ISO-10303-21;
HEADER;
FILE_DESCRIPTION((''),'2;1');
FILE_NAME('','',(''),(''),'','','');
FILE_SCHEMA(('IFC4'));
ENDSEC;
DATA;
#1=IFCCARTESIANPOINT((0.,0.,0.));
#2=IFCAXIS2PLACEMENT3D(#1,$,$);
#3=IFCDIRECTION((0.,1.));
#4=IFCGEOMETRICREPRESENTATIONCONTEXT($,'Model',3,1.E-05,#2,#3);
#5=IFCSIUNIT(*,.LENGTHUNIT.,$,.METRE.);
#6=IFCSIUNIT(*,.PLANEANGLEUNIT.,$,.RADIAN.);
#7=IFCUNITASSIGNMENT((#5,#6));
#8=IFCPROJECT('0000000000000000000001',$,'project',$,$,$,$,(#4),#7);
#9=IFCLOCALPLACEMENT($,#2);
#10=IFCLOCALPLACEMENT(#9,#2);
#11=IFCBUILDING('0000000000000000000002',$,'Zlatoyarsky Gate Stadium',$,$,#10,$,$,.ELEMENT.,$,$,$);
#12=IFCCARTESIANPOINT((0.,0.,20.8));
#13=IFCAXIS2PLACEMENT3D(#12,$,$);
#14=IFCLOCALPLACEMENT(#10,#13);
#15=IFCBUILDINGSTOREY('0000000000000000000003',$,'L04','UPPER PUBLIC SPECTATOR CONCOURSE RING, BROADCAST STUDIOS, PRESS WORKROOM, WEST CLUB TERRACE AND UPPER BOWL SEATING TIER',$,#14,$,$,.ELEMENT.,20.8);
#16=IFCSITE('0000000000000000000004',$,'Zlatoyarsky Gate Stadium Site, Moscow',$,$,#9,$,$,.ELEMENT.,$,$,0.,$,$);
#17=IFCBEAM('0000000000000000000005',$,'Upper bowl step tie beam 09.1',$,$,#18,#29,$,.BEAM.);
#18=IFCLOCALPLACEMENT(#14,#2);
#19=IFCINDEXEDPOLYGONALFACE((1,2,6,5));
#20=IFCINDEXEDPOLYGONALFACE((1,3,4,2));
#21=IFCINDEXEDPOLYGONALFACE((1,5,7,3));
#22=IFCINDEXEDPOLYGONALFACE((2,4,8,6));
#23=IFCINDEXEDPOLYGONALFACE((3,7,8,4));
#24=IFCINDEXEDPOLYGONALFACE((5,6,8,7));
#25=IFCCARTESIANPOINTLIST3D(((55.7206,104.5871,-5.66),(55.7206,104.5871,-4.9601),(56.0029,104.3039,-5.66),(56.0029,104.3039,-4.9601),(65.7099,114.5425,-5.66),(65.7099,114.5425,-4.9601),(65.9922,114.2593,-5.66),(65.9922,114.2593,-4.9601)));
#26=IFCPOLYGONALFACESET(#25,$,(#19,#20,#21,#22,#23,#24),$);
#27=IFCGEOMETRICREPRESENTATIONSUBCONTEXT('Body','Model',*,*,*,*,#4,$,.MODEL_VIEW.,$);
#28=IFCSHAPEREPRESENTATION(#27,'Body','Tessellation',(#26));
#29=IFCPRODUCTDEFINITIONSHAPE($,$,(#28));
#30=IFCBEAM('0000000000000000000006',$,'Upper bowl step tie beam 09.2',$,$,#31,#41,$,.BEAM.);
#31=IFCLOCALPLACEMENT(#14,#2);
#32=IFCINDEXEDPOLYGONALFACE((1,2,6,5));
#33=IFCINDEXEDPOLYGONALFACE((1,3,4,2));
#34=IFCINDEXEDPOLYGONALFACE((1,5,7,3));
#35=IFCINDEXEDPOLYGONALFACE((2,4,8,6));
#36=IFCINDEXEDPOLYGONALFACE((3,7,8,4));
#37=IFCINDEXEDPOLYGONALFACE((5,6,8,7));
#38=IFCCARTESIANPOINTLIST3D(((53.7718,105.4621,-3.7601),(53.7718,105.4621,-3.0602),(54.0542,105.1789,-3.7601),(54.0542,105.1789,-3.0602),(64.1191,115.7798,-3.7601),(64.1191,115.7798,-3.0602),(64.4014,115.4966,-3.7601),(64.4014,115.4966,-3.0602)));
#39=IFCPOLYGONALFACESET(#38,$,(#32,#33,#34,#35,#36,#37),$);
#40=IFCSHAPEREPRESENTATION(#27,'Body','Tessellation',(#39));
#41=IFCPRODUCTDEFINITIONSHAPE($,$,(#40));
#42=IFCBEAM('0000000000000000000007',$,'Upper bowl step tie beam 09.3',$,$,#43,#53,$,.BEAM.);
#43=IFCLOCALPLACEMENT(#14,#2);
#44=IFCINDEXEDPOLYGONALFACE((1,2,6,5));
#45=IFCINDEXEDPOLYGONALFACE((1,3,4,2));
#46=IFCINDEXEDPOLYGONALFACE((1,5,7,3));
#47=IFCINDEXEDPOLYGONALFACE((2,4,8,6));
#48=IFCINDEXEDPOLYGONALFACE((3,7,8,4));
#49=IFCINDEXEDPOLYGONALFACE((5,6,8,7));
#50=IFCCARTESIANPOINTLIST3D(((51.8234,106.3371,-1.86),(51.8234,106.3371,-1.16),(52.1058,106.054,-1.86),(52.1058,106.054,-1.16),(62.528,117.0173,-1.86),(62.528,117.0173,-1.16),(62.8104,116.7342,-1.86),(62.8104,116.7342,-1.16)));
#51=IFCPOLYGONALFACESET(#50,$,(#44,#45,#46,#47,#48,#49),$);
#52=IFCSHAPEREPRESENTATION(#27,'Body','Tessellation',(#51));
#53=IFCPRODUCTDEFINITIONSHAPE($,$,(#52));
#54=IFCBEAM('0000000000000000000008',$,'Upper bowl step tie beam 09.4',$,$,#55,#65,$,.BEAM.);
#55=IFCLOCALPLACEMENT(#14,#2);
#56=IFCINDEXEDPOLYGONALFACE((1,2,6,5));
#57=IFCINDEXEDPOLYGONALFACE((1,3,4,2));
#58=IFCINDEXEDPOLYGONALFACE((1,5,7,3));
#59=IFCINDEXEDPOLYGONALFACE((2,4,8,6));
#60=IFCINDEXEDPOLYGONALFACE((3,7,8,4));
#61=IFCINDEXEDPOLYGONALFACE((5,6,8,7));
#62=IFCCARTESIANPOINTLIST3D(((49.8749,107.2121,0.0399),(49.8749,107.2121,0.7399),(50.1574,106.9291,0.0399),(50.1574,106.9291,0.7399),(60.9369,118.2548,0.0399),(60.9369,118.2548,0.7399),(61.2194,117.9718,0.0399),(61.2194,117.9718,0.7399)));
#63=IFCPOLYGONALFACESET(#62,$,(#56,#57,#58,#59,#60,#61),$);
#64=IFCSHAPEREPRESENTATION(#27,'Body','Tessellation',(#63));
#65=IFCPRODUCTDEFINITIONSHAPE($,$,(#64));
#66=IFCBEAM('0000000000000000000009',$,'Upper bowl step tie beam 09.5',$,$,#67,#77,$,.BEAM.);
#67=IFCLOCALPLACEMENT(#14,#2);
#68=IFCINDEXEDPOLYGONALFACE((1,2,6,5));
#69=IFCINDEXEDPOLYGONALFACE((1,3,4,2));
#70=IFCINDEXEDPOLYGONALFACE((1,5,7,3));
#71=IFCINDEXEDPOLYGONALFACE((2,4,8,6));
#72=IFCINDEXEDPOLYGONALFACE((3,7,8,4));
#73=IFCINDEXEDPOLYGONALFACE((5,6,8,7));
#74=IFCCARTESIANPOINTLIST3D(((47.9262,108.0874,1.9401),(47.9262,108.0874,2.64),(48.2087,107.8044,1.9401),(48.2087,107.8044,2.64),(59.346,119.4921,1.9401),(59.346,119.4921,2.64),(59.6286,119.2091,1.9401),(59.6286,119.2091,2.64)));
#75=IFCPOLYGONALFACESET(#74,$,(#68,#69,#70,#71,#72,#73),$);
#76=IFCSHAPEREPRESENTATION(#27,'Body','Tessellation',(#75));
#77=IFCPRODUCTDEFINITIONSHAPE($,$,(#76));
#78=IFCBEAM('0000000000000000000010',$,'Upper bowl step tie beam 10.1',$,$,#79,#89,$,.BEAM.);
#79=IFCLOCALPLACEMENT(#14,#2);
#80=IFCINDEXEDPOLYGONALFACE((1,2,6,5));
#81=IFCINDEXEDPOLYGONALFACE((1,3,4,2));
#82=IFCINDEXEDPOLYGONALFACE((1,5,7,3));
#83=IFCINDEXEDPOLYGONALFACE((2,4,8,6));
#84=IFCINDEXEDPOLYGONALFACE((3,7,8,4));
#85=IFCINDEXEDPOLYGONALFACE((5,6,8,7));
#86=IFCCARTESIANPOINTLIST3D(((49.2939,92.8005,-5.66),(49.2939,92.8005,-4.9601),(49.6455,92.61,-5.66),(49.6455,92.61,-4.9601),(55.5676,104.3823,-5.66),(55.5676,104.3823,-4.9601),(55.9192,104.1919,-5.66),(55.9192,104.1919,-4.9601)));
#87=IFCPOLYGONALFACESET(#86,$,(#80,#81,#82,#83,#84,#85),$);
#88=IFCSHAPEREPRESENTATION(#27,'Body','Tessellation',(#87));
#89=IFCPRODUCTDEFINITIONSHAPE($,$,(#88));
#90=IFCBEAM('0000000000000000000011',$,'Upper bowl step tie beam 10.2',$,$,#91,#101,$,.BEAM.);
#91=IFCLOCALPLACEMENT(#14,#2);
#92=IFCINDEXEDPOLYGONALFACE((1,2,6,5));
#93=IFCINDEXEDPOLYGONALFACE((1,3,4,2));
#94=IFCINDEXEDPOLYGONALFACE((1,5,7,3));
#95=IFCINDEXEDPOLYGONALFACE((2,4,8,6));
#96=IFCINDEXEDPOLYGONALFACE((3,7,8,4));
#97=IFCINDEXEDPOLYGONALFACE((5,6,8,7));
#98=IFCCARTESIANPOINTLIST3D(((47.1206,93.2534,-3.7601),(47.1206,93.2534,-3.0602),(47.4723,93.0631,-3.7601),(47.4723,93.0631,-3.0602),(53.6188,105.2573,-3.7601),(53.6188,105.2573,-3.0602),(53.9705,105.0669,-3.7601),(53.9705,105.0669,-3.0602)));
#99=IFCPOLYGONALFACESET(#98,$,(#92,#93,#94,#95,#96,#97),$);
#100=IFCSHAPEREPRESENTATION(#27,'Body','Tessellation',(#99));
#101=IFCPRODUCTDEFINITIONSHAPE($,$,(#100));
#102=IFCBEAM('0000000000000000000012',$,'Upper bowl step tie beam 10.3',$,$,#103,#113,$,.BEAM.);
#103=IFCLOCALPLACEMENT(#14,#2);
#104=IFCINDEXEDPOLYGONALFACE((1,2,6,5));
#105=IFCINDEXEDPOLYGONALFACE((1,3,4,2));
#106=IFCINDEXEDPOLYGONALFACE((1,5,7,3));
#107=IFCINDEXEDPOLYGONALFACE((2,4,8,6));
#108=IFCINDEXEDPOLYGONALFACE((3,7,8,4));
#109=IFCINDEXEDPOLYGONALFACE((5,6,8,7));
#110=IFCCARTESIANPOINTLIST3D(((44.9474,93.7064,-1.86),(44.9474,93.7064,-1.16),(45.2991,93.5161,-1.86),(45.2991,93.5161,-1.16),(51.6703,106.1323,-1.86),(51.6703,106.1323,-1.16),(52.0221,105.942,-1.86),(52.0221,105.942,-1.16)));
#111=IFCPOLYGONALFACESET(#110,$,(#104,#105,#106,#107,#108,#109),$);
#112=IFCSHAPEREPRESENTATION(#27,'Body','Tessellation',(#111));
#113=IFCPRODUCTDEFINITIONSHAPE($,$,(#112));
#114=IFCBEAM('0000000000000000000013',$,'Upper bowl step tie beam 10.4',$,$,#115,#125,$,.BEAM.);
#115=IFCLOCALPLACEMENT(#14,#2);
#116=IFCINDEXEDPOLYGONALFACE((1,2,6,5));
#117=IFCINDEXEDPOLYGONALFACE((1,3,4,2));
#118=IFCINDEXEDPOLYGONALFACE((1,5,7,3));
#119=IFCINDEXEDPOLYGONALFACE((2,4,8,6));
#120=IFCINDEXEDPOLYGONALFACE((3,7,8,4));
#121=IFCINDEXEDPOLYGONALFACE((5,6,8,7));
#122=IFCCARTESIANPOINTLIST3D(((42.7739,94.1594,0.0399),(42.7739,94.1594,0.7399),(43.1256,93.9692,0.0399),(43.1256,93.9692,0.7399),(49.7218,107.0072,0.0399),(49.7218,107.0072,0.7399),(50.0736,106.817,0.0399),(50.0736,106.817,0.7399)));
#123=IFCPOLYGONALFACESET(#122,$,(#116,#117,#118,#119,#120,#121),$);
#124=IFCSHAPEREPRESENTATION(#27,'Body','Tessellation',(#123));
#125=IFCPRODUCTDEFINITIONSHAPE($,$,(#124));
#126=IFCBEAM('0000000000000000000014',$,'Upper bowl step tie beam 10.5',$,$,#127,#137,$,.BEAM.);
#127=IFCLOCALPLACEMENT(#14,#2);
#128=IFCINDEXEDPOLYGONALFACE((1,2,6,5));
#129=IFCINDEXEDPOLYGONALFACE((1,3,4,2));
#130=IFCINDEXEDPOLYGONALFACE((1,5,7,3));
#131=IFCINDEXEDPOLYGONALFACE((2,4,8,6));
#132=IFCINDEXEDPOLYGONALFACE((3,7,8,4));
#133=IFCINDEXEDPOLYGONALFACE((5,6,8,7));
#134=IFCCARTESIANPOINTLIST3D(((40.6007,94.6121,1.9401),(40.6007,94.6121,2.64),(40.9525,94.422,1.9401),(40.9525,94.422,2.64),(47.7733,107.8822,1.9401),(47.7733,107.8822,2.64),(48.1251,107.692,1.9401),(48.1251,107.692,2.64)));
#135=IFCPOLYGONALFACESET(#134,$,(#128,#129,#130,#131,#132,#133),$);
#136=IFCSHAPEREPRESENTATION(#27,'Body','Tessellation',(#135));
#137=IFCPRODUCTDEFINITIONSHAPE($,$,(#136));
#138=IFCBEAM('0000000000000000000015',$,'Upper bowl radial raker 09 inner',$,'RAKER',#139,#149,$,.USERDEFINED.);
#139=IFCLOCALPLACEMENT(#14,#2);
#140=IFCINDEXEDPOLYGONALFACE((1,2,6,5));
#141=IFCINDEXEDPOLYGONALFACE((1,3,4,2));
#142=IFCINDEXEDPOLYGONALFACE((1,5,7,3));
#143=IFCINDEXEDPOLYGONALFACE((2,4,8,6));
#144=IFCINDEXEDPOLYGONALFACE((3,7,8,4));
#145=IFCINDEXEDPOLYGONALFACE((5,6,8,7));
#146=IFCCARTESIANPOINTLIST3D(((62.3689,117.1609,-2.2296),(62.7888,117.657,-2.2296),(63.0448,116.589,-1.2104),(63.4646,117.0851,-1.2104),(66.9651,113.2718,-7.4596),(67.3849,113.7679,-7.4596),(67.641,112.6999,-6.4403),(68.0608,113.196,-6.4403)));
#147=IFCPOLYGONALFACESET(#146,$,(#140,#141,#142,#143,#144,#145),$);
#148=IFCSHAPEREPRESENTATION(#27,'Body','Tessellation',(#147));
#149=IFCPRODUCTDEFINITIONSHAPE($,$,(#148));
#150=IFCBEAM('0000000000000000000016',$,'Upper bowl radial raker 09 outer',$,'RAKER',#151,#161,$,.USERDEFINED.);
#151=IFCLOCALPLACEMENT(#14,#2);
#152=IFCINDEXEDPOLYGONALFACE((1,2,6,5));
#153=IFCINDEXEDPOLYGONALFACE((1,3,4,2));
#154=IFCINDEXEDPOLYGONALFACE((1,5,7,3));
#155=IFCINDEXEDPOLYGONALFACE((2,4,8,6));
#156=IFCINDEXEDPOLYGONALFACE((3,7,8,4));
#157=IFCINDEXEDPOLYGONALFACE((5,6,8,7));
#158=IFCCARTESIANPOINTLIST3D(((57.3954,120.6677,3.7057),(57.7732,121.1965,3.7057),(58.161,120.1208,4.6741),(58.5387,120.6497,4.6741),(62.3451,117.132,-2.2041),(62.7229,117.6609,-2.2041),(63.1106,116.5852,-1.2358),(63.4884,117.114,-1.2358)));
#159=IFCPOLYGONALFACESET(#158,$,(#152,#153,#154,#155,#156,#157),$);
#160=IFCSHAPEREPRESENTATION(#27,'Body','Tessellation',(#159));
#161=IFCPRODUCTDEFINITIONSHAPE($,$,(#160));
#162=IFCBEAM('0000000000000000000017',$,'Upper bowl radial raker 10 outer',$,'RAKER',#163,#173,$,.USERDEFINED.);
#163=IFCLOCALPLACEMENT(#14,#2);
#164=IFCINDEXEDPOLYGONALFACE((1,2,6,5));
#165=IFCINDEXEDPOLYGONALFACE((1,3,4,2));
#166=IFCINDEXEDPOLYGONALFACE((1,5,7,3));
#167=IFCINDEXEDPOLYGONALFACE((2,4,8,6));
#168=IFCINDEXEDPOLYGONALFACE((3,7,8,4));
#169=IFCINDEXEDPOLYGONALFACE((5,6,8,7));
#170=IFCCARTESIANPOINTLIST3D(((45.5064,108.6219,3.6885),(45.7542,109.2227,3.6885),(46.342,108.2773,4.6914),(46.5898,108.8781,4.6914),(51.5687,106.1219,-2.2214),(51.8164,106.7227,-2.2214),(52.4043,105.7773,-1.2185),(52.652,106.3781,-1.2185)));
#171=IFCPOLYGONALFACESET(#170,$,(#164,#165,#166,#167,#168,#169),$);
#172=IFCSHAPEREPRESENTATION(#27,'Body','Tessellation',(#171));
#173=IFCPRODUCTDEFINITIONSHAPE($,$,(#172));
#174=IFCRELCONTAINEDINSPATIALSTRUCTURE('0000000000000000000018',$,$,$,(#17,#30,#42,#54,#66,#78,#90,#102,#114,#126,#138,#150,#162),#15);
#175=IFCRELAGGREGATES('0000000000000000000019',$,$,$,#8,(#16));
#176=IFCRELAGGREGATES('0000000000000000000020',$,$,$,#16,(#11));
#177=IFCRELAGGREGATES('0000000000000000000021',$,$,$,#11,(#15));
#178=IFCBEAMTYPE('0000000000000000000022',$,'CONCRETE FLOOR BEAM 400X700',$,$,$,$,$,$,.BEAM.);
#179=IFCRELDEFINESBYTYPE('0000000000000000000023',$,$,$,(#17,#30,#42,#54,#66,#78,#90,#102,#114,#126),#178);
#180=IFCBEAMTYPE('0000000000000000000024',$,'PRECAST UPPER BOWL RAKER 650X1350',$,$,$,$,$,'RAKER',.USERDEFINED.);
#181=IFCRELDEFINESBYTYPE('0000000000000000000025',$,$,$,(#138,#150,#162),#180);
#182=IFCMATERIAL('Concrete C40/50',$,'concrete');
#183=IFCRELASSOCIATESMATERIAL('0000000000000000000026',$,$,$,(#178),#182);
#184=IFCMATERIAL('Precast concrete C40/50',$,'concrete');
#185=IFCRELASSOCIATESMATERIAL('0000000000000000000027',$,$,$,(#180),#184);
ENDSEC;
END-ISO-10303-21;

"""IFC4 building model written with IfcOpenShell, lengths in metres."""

from ifc_helpers import new_model, si_unit, direction, frame, origin, origin_2d, place, context, subcontext, project, spatial, rectangle, extrude, material, material_profile, profile_set, type_object, element, save


model = new_model("IFC4")

# Units and contexts
model_context = context("Model", 3, precision=1e-05, world=origin(), true_north=direction((0.0, 1.0)))
body_context = subcontext(model_context, "Body", "Model", "MODEL_VIEW")
ifc_project = project(units=[si_unit("LENGTHUNIT", "METRE"), si_unit("PLANEANGLEUNIT", "RADIAN")], contexts=[model_context])

# Site, building, storey
site_placement = place(None, origin())
site = spatial("IfcSite", under=ifc_project, at=site_placement, Name="Zlatoyarsky Gate Stadium Site, Moscow", CompositionType="ELEMENT", RefElevation=0.0)
building_placement = place(site_placement, origin())
building = spatial("IfcBuilding", under=site, at=building_placement, Name="Zlatoyarsky Gate Stadium", CompositionType="ELEMENT")
storey_placement = place(building_placement, frame((0.0, 0.0, 20.8)))
storey = spatial("IfcBuildingStorey", under=building, at=storey_placement, Name="L04", Description="UPPER PUBLIC SPECTATOR CONCOURSE RING, BROADCAST STUDIOS, PRESS WORKROOM, WEST CLUB TERRACE AND UPPER BOWL SEATING TIER", CompositionType="ELEMENT", Elevation=20.8)

# Beams
ifc_material_1 = material(Name="Concrete C40/50", Category="concrete")
ifc_material_profile_1 = material_profile(ifc_material_1, rectangle(XDim=0.3999, YDim=0.7, at=origin_2d()), Name="RC BEAM 400X700")
ifc_profile_set_1 = profile_set([ifc_material_profile_1], Name="Concrete C40/50")
beam_type_1 = type_object("IfcBeamType", Name="CONCRETE FLOOR BEAM 400X700", PredefinedType="BEAM", material=ifc_profile_set_1)
beam_1_placement = place(storey_placement, frame((65.8511, 114.4009, -5.3101), z_axis=(-0.708309, -0.705903, 0.0), x_axis=(0.705903, -0.708309, 0.0)))
element("IfcBeam", 1, at=beam_1_placement, inside=storey, type_object=beam_type_1, Name="Upper bowl step tie beam 09.1", PredefinedType="BEAM", context=body_context, shape_type="SweptSolid", body=[
    extrude(rectangle(XDim=0.3999, YDim=0.7, at=origin_2d()), origin(), (0.0, 0.0, 1.0), 14.103),
])
beam_2_placement = place(storey_placement, frame((64.2603, 115.6382, -3.4102), z_axis=(-0.708117, -0.706095, 0.0), x_axis=(0.706095, -0.708117, 0.0)))
element("IfcBeam", 2, at=beam_2_placement, inside=storey, type_object=beam_type_1, Name="Upper bowl step tie beam 09.2", PredefinedType="BEAM", context=body_context, shape_type="SweptSolid", body=[
    extrude(rectangle(XDim=0.3999, YDim=0.7, at=origin_2d()), origin(), (0.0, 0.0, 1.0), 14.6123),
])
beam_3_placement = place(storey_placement, frame((62.6692, 116.8757, -1.51), z_axis=(-0.707914, -0.706299, 0.0), x_axis=(0.706299, -0.707914, 0.0)))
element("IfcBeam", 3, at=beam_3_placement, inside=storey, type_object=beam_type_1, Name="Upper bowl step tie beam 09.3", PredefinedType="BEAM", context=body_context, shape_type="SweptSolid", body=[
    extrude(rectangle(XDim=0.3999, YDim=0.7, at=origin_2d()), origin(), (0.0, 0.0, 1.0), 15.1213),
])
beam_4_placement = place(storey_placement, frame((61.0781, 118.1133, 0.3899), z_axis=(-0.707723, -0.70649, 0.0), x_axis=(0.70649, -0.707723, 0.0)))
element("IfcBeam", 4, at=beam_4_placement, inside=storey, type_object=beam_type_1, Name="Upper bowl step tie beam 09.4", PredefinedType="BEAM", context=body_context, shape_type="SweptSolid", body=[
    extrude(rectangle(XDim=0.3999, YDim=0.7, at=origin_2d()), origin(), (0.0, 0.0, 1.0), 15.6304),
])
beam_5_placement = place(storey_placement, frame((59.4873, 119.3506, 2.29), z_axis=(-0.707576, -0.706638, 0.0), x_axis=(0.706638, -0.707576, 0.0)))
element("IfcBeam", 5, at=beam_5_placement, inside=storey, type_object=beam_type_1, Name="Upper bowl step tie beam 09.5", PredefinedType="BEAM", context=body_context, shape_type="SweptSolid", body=[
    extrude(rectangle(XDim=0.3999, YDim=0.7, at=origin_2d()), origin(), (0.0, 0.0, 1.0), 16.1394),
])
beam_6_placement = place(storey_placement, frame((55.7434, 104.2871, -5.3101), z_axis=(-0.476296, -0.879285, 0.0), x_axis=(0.879285, -0.476296, 0.0)))
element("IfcBeam", 6, at=beam_6_placement, inside=storey, type_object=beam_type_1, Name="Upper bowl step tie beam 10.1", PredefinedType="BEAM", context=body_context, shape_type="SweptSolid", body=[
    extrude(rectangle(XDim=0.3999, YDim=0.7, at=origin_2d()), origin(), (0.0, 0.0, 1.0), 13.1719),
])
beam_7_placement = place(storey_placement, frame((53.7947, 105.1621, -3.4102), z_axis=(-0.476066, -0.879409, 0.0), x_axis=(0.879409, -0.476066, 0.0)))
element("IfcBeam", 7, at=beam_7_placement, inside=storey, type_object=beam_type_1, Name="Upper bowl step tie beam 10.2", PredefinedType="BEAM", context=body_context, shape_type="SweptSolid", body=[
    extrude(rectangle(XDim=0.3999, YDim=0.7, at=origin_2d()), origin(), (0.0, 0.0, 1.0), 13.6499),
])
beam_8_placement = place(storey_placement, frame((51.8462, 106.0371, -1.51), z_axis=(-0.47586, -0.879521, 0.0), x_axis=(0.879521, -0.47586, 0.0)))
element("IfcBeam", 8, at=beam_8_placement, inside=storey, type_object=beam_type_1, Name="Upper bowl step tie beam 10.3", PredefinedType="BEAM", context=body_context, shape_type="SweptSolid", body=[
    extrude(rectangle(XDim=0.3999, YDim=0.7, at=origin_2d()), origin(), (0.0, 0.0, 1.0), 14.1279),
])
beam_9_placement = place(storey_placement, frame((49.8977, 106.9121, 0.3899), z_axis=(-0.475686, -0.879615, 0.0), x_axis=(0.879615, -0.475686, 0.0)))
element("IfcBeam", 9, at=beam_9_placement, inside=storey, type_object=beam_type_1, Name="Upper bowl step tie beam 10.4", PredefinedType="BEAM", context=body_context, shape_type="SweptSolid", body=[
    extrude(rectangle(XDim=0.3999, YDim=0.7, at=origin_2d()), origin(), (0.0, 0.0, 1.0), 14.6062),
])
beam_10_placement = place(storey_placement, frame((47.9492, 107.7871, 2.29), z_axis=(-0.475498, -0.879717, 0.0), x_axis=(0.879717, -0.475498, 0.0)))
element("IfcBeam", 10, at=beam_10_placement, inside=storey, type_object=beam_type_1, Name="Upper bowl step tie beam 10.5", PredefinedType="BEAM", context=body_context, shape_type="SweptSolid", body=[
    extrude(rectangle(XDim=0.3999, YDim=0.7, at=origin_2d()), origin(), (0.0, 0.0, 1.0), 15.0845),
])
ifc_material_2 = material(Name="Precast concrete C40/50", Category="concrete")
ifc_material_profile_2 = material_profile(ifc_material_2, rectangle(XDim=0.6499, YDim=1.3501, at=origin_2d()), Name="PC RAKER 650X1350")
ifc_profile_set_2 = profile_set([ifc_material_profile_2], Name="Precast concrete C40/50")
beam_type_2 = type_object("IfcBeamType", Name="PRECAST UPPER BOWL RAKER 650X1350", ElementType="RAKER", PredefinedType="USERDEFINED", material=ifc_profile_set_2)
beam_11_placement = place(storey_placement, frame((67.5129, 113.2339, -6.95), z_axis=(-0.576313, 0.487659, 0.655783), x_axis=(-0.64595, -0.76338, 0.0)))
element("IfcBeam", 11, at=beam_11_placement, inside=storey, type_object=beam_type_2, Name="Upper bowl radial raker 09 inner", ObjectType="RAKER", PredefinedType="USERDEFINED", context=body_context, shape_type="SweptSolid", body=[
    extrude(rectangle(XDim=0.6499, YDim=1.3501, at=origin_2d()), origin(), (0.0, 0.0, 1.0), 7.9751),
])
beam_12_placement = place(storey_placement, frame((62.9167, 117.123, -1.72), z_axis=(-0.583623, 0.41689, 0.696841), x_axis=(-0.581253, -0.813723, 0.0)))
element("IfcBeam", 12, at=beam_12_placement, inside=storey, type_object=beam_type_2, Name="Upper bowl radial raker 09 outer", ObjectType="RAKER", PredefinedType="USERDEFINED", context=body_context, shape_type="SweptSolid", body=[
    extrude(rectangle(XDim=0.6499, YDim=1.3501, at=origin_2d()), origin(), (0.0, 0.0, 1.0), 8.481),
])
beam_13_placement = place(storey_placement, frame((52.1104, 106.25, -1.72), z_axis=(-0.686732, 0.2832, 0.669475), x_axis=(-0.381242, -0.924475, 0.0)))
element("IfcBeam", 13, at=beam_13_placement, inside=storey, type_object=beam_type_2, Name="Upper bowl radial raker 10 outer", ObjectType="RAKER", PredefinedType="USERDEFINED", context=body_context, shape_type="SweptSolid", body=[
    extrude(rectangle(XDim=0.6499, YDim=1.3501, at=origin_2d()), origin(), (0.0, 0.0, 1.0), 8.8276),
])

save(model, "model.ifc")
